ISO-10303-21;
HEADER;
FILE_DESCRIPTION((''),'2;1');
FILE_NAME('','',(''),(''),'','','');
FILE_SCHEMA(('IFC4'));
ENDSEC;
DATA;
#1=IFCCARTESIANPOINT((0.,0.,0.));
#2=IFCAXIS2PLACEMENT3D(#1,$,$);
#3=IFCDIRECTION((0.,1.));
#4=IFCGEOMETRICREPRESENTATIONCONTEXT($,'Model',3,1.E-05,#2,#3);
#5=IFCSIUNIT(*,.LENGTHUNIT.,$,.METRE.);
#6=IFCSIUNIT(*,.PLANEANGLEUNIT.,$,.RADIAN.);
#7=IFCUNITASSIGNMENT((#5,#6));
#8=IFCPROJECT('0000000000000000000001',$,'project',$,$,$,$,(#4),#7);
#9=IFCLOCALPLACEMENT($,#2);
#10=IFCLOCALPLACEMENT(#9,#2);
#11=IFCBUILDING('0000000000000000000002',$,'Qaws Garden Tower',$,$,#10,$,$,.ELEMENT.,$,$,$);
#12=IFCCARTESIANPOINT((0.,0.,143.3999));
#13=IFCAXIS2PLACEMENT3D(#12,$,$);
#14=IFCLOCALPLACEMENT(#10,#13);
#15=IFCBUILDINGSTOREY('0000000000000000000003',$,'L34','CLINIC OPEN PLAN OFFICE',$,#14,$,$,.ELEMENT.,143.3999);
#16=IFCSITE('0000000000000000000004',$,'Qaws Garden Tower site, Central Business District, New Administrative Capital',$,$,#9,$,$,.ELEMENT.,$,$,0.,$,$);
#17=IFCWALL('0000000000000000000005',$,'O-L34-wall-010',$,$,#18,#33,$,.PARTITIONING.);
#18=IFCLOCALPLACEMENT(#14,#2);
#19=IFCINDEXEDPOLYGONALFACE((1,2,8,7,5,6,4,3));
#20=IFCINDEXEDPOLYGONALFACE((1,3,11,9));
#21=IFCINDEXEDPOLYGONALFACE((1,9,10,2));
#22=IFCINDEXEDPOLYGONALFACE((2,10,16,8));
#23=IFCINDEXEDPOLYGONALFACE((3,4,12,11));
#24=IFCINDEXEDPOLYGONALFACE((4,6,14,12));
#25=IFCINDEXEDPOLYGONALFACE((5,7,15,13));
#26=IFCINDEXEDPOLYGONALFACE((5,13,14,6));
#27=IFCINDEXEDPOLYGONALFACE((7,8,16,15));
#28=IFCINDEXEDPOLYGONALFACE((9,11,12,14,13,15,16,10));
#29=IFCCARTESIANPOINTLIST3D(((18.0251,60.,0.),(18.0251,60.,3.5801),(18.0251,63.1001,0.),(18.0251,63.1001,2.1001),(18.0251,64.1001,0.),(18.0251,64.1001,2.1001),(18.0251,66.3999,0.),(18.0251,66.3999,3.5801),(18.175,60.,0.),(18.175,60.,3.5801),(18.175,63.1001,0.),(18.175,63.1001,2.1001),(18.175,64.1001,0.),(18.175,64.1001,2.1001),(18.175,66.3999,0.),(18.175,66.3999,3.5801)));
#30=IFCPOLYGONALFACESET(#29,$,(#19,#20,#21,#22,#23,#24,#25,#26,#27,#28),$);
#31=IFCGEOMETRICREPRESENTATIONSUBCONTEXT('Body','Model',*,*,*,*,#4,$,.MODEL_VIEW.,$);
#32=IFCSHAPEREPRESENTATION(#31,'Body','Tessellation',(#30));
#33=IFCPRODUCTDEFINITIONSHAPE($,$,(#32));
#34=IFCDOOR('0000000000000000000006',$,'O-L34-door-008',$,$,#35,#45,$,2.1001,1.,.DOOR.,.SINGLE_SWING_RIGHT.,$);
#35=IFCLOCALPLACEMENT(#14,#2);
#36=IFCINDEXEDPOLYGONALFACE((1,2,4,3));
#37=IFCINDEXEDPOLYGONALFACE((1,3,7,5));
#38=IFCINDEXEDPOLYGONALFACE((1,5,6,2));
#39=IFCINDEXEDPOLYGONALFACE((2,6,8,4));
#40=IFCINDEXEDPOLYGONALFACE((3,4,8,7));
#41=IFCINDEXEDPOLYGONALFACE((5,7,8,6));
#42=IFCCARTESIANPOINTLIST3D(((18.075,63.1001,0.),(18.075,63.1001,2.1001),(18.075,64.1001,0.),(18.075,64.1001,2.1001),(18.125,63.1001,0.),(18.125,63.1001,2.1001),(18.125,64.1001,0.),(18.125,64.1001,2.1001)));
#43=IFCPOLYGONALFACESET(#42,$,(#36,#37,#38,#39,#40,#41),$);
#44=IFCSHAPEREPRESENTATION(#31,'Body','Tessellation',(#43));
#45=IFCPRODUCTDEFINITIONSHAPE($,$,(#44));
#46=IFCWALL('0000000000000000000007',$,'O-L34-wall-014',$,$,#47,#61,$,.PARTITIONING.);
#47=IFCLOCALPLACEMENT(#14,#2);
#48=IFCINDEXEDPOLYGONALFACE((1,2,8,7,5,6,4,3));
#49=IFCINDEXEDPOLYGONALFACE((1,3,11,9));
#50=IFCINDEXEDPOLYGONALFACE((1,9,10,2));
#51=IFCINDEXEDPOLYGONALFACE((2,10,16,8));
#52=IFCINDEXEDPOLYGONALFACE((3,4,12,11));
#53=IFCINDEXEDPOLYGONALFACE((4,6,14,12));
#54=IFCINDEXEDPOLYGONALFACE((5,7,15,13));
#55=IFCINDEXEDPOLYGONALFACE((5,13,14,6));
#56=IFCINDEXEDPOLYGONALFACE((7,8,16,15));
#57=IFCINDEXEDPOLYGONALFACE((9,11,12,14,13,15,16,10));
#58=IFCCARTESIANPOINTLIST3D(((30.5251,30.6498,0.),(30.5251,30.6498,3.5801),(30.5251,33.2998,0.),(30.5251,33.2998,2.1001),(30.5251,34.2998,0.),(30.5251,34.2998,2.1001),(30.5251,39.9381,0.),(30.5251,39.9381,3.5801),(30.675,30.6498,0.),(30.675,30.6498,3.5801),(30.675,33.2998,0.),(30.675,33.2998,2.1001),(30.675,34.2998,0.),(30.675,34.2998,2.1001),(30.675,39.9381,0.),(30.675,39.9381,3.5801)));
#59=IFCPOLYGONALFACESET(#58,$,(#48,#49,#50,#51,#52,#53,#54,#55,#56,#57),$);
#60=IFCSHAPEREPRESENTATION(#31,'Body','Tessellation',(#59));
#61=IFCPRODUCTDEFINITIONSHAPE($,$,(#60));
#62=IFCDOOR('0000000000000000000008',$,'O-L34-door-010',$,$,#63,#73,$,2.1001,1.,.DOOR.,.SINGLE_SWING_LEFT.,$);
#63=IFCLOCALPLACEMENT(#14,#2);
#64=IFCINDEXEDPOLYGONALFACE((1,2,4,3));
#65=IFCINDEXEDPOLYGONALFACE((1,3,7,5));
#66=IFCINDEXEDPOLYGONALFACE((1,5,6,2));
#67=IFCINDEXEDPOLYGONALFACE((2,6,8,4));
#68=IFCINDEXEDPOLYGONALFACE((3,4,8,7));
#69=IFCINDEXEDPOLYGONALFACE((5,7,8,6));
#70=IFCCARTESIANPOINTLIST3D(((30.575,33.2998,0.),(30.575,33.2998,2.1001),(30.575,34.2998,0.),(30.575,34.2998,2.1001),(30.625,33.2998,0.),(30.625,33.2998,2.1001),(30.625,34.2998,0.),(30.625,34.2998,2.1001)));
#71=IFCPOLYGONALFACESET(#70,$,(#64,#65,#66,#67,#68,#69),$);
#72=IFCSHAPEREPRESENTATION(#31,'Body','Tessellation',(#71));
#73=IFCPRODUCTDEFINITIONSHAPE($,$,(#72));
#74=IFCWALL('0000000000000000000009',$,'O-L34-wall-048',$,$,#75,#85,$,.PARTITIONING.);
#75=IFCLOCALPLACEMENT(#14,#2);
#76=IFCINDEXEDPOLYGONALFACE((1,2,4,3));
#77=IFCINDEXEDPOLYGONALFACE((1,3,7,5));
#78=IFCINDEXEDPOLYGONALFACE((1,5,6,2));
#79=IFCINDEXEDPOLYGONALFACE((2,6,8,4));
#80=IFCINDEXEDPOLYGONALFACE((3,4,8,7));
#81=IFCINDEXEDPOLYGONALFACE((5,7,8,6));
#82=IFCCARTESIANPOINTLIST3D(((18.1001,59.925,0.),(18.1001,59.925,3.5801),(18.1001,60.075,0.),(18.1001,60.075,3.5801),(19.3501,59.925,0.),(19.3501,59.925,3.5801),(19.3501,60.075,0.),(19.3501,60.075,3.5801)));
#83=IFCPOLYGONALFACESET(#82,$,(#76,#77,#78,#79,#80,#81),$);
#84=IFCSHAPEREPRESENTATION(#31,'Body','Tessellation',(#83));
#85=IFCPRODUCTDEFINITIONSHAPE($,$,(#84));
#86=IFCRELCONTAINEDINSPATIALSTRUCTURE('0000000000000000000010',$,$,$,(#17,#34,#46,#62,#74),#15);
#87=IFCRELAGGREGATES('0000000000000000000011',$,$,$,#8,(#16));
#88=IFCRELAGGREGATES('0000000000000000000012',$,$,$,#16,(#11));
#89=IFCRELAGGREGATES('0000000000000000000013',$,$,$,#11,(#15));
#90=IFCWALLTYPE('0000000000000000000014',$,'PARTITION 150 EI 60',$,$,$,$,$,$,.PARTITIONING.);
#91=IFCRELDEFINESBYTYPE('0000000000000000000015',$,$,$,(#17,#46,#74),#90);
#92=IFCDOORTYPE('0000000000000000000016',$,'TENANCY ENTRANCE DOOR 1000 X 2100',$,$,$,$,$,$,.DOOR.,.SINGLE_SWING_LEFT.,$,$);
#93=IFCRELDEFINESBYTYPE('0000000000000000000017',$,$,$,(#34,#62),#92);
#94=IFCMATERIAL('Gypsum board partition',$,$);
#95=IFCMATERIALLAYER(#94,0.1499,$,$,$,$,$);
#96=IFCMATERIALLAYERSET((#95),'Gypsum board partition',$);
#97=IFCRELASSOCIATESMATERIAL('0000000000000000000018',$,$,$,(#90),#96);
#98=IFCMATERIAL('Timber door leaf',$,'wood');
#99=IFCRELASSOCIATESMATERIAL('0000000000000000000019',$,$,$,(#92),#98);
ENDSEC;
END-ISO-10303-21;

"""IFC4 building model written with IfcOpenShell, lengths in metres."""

from ifc_helpers import new_model, si_unit, direction, frame, frame_2d, origin, place, context, subcontext, project, spatial, rectangle, extrude, material, layer, layer_set, type_object, element, fill, save


model = new_model("IFC4")

# Units and contexts
model_context = context("Model", 3, precision=1e-05, world=origin(), true_north=direction((0.0, 1.0)))
body_context = subcontext(model_context, "Body", "Model", "MODEL_VIEW")
ifc_project = project(units=[si_unit("LENGTHUNIT", "METRE"), si_unit("PLANEANGLEUNIT", "RADIAN")], contexts=[model_context])

# Site, building, storey
site_placement = place(None, origin())
site = spatial("IfcSite", under=ifc_project, at=site_placement, Name="Qaws Garden Tower site, Central Business District, New Administrative Capital", CompositionType="ELEMENT", RefElevation=0.0)
building_placement = place(site_placement, origin())
building = spatial("IfcBuilding", under=site, at=building_placement, Name="Qaws Garden Tower", CompositionType="ELEMENT")
storey_placement = place(building_placement, frame((0.0, 0.0, 143.3999)))
storey = spatial("IfcBuildingStorey", under=building, at=storey_placement, Name="L34", Description="CLINIC OPEN PLAN OFFICE", CompositionType="ELEMENT", Elevation=143.3999)

# Walls, openings, doors
ifc_material_1 = material(Name="Gypsum board partition")
ifc_layer_1 = layer(ifc_material_1, 0.1499)
ifc_layer_set_1 = layer_set([ifc_layer_1], Name="Gypsum board partition")
wall_type_1 = type_object("IfcWallType", Name="PARTITION 150 EI 60", PredefinedType="PARTITIONING", material=ifc_layer_set_1)
wall_1_placement = place(storey_placement, frame((18.1001, 60.0, 0.0), z_axis=(0.0, 0.0, 1.0), x_axis=(0.0, 1.0, 0.0)))
wall_1 = element("IfcWall", 1, at=wall_1_placement, inside=storey, type_object=wall_type_1, Name="O-L34-wall-010", PredefinedType="PARTITIONING", context=body_context, shape_type="SweptSolid", body=[
    extrude(rectangle(XDim=6.3999, YDim=0.1499, at=frame_2d((3.2, 0.0))), origin(), (0.0, 0.0, 1.0), 3.5801),
])
opening_1_placement = place(wall_1_placement, frame((3.1001, 0.0, 0.0)))
opening_1 = element("IfcOpeningElement", 2, at=opening_1_placement, cuts=wall_1, PredefinedType="OPENING", context=body_context, shape_type="SweptSolid", body=[
    extrude(rectangle(XDim=1.0, YDim=2.1001, at=frame_2d((0.5, 1.05))), frame((0.0, 0.085, 0.0), z_axis=(0.0, -1.0, 0.0), x_axis=(1.0, 0.0, 0.0)), (0.0, 0.0, 1.0), 0.1699),
])
ifc_material_2 = material(Name="Timber door leaf", Category="wood")
door_type = type_object("IfcDoorType", Name="TENANCY ENTRANCE DOOR 1000 X 2100", OperationType="SINGLE_SWING_LEFT", PredefinedType="DOOR", material=ifc_material_2)
door_1_placement = place(opening_1_placement, frame((1.0, 0.0, 0.0), z_axis=(0.0, 0.0, 1.0), x_axis=(-1.0, 0.0, 0.0)))
door_1 = element("IfcDoor", 3, at=door_1_placement, inside=storey, type_object=door_type, Name="O-L34-door-008", OperationType="SINGLE_SWING_RIGHT", OverallHeight=2.1001, OverallWidth=1.0, PredefinedType="DOOR", context=body_context, shape_type="SweptSolid", body=[
    extrude(rectangle(XDim=1.0, YDim=2.1001, at=frame_2d((0.5, 1.05))), frame((0.0, 0.0249, 0.0), z_axis=(0.0, -1.0, 0.0), x_axis=(1.0, 0.0, 0.0)), (0.0, 0.0, 1.0), 0.05),
])
fill(opening_1, door_1)
wall_2_placement = place(storey_placement, frame((30.6001, 30.6499, 0.0), z_axis=(0.0, 0.0, 1.0), x_axis=(0.0, 1.0, 0.0)))
wall_2 = element("IfcWall", 4, at=wall_2_placement, inside=storey, type_object=wall_type_1, Name="O-L34-wall-014", PredefinedType="PARTITIONING", context=body_context, shape_type="SweptSolid", body=[
    extrude(rectangle(XDim=9.2883, YDim=0.1499, at=frame_2d((4.644, 0.0))), origin(), (0.0, 0.0, 1.0), 3.5801),
])
opening_2_placement = place(wall_2_placement, frame((2.6499, 0.0, 0.0)))
opening_2 = element("IfcOpeningElement", 5, at=opening_2_placement, cuts=wall_2, PredefinedType="OPENING", context=body_context, shape_type="SweptSolid", body=[
    extrude(rectangle(XDim=1.0, YDim=2.1001, at=frame_2d((0.5, 1.05))), frame((0.0, 0.085, 0.0), z_axis=(0.0, -1.0, 0.0), x_axis=(1.0, 0.0, 0.0)), (0.0, 0.0, 1.0), 0.1699),
])
door_2_placement = place(opening_2_placement, frame((1.0, 0.0, 0.0), z_axis=(0.0, 0.0, 1.0), x_axis=(-1.0, 0.0, 0.0)))
door_2 = element("IfcDoor", 6, at=door_2_placement, inside=storey, type_object=door_type, Name="O-L34-door-010", OperationType="SINGLE_SWING_LEFT", OverallHeight=2.1001, OverallWidth=1.0, PredefinedType="DOOR", context=body_context, shape_type="SweptSolid", body=[
    extrude(rectangle(XDim=1.0, YDim=2.1001, at=frame_2d((0.5, 1.05))), frame((0.0, 0.0249, 0.0), z_axis=(0.0, -1.0, 0.0), x_axis=(1.0, 0.0, 0.0)), (0.0, 0.0, 1.0), 0.05),
])
fill(opening_2, door_2)

# Wall
wall_3_placement = place(storey_placement, frame((18.1001, 60.0, 0.0), z_axis=(0.0, 0.0, 1.0), x_axis=(1.0, 0.0, 0.0)))
element("IfcWall", 7, at=wall_3_placement, inside=storey, type_object=wall_type_1, Name="O-L34-wall-048", PredefinedType="PARTITIONING", context=body_context, shape_type="SweptSolid", body=[
    extrude(rectangle(XDim=1.25, YDim=0.1499, at=frame_2d((0.625, 0.0))), origin(), (0.0, 0.0, 1.0), 3.5801),
])

save(model, "model.ifc")
